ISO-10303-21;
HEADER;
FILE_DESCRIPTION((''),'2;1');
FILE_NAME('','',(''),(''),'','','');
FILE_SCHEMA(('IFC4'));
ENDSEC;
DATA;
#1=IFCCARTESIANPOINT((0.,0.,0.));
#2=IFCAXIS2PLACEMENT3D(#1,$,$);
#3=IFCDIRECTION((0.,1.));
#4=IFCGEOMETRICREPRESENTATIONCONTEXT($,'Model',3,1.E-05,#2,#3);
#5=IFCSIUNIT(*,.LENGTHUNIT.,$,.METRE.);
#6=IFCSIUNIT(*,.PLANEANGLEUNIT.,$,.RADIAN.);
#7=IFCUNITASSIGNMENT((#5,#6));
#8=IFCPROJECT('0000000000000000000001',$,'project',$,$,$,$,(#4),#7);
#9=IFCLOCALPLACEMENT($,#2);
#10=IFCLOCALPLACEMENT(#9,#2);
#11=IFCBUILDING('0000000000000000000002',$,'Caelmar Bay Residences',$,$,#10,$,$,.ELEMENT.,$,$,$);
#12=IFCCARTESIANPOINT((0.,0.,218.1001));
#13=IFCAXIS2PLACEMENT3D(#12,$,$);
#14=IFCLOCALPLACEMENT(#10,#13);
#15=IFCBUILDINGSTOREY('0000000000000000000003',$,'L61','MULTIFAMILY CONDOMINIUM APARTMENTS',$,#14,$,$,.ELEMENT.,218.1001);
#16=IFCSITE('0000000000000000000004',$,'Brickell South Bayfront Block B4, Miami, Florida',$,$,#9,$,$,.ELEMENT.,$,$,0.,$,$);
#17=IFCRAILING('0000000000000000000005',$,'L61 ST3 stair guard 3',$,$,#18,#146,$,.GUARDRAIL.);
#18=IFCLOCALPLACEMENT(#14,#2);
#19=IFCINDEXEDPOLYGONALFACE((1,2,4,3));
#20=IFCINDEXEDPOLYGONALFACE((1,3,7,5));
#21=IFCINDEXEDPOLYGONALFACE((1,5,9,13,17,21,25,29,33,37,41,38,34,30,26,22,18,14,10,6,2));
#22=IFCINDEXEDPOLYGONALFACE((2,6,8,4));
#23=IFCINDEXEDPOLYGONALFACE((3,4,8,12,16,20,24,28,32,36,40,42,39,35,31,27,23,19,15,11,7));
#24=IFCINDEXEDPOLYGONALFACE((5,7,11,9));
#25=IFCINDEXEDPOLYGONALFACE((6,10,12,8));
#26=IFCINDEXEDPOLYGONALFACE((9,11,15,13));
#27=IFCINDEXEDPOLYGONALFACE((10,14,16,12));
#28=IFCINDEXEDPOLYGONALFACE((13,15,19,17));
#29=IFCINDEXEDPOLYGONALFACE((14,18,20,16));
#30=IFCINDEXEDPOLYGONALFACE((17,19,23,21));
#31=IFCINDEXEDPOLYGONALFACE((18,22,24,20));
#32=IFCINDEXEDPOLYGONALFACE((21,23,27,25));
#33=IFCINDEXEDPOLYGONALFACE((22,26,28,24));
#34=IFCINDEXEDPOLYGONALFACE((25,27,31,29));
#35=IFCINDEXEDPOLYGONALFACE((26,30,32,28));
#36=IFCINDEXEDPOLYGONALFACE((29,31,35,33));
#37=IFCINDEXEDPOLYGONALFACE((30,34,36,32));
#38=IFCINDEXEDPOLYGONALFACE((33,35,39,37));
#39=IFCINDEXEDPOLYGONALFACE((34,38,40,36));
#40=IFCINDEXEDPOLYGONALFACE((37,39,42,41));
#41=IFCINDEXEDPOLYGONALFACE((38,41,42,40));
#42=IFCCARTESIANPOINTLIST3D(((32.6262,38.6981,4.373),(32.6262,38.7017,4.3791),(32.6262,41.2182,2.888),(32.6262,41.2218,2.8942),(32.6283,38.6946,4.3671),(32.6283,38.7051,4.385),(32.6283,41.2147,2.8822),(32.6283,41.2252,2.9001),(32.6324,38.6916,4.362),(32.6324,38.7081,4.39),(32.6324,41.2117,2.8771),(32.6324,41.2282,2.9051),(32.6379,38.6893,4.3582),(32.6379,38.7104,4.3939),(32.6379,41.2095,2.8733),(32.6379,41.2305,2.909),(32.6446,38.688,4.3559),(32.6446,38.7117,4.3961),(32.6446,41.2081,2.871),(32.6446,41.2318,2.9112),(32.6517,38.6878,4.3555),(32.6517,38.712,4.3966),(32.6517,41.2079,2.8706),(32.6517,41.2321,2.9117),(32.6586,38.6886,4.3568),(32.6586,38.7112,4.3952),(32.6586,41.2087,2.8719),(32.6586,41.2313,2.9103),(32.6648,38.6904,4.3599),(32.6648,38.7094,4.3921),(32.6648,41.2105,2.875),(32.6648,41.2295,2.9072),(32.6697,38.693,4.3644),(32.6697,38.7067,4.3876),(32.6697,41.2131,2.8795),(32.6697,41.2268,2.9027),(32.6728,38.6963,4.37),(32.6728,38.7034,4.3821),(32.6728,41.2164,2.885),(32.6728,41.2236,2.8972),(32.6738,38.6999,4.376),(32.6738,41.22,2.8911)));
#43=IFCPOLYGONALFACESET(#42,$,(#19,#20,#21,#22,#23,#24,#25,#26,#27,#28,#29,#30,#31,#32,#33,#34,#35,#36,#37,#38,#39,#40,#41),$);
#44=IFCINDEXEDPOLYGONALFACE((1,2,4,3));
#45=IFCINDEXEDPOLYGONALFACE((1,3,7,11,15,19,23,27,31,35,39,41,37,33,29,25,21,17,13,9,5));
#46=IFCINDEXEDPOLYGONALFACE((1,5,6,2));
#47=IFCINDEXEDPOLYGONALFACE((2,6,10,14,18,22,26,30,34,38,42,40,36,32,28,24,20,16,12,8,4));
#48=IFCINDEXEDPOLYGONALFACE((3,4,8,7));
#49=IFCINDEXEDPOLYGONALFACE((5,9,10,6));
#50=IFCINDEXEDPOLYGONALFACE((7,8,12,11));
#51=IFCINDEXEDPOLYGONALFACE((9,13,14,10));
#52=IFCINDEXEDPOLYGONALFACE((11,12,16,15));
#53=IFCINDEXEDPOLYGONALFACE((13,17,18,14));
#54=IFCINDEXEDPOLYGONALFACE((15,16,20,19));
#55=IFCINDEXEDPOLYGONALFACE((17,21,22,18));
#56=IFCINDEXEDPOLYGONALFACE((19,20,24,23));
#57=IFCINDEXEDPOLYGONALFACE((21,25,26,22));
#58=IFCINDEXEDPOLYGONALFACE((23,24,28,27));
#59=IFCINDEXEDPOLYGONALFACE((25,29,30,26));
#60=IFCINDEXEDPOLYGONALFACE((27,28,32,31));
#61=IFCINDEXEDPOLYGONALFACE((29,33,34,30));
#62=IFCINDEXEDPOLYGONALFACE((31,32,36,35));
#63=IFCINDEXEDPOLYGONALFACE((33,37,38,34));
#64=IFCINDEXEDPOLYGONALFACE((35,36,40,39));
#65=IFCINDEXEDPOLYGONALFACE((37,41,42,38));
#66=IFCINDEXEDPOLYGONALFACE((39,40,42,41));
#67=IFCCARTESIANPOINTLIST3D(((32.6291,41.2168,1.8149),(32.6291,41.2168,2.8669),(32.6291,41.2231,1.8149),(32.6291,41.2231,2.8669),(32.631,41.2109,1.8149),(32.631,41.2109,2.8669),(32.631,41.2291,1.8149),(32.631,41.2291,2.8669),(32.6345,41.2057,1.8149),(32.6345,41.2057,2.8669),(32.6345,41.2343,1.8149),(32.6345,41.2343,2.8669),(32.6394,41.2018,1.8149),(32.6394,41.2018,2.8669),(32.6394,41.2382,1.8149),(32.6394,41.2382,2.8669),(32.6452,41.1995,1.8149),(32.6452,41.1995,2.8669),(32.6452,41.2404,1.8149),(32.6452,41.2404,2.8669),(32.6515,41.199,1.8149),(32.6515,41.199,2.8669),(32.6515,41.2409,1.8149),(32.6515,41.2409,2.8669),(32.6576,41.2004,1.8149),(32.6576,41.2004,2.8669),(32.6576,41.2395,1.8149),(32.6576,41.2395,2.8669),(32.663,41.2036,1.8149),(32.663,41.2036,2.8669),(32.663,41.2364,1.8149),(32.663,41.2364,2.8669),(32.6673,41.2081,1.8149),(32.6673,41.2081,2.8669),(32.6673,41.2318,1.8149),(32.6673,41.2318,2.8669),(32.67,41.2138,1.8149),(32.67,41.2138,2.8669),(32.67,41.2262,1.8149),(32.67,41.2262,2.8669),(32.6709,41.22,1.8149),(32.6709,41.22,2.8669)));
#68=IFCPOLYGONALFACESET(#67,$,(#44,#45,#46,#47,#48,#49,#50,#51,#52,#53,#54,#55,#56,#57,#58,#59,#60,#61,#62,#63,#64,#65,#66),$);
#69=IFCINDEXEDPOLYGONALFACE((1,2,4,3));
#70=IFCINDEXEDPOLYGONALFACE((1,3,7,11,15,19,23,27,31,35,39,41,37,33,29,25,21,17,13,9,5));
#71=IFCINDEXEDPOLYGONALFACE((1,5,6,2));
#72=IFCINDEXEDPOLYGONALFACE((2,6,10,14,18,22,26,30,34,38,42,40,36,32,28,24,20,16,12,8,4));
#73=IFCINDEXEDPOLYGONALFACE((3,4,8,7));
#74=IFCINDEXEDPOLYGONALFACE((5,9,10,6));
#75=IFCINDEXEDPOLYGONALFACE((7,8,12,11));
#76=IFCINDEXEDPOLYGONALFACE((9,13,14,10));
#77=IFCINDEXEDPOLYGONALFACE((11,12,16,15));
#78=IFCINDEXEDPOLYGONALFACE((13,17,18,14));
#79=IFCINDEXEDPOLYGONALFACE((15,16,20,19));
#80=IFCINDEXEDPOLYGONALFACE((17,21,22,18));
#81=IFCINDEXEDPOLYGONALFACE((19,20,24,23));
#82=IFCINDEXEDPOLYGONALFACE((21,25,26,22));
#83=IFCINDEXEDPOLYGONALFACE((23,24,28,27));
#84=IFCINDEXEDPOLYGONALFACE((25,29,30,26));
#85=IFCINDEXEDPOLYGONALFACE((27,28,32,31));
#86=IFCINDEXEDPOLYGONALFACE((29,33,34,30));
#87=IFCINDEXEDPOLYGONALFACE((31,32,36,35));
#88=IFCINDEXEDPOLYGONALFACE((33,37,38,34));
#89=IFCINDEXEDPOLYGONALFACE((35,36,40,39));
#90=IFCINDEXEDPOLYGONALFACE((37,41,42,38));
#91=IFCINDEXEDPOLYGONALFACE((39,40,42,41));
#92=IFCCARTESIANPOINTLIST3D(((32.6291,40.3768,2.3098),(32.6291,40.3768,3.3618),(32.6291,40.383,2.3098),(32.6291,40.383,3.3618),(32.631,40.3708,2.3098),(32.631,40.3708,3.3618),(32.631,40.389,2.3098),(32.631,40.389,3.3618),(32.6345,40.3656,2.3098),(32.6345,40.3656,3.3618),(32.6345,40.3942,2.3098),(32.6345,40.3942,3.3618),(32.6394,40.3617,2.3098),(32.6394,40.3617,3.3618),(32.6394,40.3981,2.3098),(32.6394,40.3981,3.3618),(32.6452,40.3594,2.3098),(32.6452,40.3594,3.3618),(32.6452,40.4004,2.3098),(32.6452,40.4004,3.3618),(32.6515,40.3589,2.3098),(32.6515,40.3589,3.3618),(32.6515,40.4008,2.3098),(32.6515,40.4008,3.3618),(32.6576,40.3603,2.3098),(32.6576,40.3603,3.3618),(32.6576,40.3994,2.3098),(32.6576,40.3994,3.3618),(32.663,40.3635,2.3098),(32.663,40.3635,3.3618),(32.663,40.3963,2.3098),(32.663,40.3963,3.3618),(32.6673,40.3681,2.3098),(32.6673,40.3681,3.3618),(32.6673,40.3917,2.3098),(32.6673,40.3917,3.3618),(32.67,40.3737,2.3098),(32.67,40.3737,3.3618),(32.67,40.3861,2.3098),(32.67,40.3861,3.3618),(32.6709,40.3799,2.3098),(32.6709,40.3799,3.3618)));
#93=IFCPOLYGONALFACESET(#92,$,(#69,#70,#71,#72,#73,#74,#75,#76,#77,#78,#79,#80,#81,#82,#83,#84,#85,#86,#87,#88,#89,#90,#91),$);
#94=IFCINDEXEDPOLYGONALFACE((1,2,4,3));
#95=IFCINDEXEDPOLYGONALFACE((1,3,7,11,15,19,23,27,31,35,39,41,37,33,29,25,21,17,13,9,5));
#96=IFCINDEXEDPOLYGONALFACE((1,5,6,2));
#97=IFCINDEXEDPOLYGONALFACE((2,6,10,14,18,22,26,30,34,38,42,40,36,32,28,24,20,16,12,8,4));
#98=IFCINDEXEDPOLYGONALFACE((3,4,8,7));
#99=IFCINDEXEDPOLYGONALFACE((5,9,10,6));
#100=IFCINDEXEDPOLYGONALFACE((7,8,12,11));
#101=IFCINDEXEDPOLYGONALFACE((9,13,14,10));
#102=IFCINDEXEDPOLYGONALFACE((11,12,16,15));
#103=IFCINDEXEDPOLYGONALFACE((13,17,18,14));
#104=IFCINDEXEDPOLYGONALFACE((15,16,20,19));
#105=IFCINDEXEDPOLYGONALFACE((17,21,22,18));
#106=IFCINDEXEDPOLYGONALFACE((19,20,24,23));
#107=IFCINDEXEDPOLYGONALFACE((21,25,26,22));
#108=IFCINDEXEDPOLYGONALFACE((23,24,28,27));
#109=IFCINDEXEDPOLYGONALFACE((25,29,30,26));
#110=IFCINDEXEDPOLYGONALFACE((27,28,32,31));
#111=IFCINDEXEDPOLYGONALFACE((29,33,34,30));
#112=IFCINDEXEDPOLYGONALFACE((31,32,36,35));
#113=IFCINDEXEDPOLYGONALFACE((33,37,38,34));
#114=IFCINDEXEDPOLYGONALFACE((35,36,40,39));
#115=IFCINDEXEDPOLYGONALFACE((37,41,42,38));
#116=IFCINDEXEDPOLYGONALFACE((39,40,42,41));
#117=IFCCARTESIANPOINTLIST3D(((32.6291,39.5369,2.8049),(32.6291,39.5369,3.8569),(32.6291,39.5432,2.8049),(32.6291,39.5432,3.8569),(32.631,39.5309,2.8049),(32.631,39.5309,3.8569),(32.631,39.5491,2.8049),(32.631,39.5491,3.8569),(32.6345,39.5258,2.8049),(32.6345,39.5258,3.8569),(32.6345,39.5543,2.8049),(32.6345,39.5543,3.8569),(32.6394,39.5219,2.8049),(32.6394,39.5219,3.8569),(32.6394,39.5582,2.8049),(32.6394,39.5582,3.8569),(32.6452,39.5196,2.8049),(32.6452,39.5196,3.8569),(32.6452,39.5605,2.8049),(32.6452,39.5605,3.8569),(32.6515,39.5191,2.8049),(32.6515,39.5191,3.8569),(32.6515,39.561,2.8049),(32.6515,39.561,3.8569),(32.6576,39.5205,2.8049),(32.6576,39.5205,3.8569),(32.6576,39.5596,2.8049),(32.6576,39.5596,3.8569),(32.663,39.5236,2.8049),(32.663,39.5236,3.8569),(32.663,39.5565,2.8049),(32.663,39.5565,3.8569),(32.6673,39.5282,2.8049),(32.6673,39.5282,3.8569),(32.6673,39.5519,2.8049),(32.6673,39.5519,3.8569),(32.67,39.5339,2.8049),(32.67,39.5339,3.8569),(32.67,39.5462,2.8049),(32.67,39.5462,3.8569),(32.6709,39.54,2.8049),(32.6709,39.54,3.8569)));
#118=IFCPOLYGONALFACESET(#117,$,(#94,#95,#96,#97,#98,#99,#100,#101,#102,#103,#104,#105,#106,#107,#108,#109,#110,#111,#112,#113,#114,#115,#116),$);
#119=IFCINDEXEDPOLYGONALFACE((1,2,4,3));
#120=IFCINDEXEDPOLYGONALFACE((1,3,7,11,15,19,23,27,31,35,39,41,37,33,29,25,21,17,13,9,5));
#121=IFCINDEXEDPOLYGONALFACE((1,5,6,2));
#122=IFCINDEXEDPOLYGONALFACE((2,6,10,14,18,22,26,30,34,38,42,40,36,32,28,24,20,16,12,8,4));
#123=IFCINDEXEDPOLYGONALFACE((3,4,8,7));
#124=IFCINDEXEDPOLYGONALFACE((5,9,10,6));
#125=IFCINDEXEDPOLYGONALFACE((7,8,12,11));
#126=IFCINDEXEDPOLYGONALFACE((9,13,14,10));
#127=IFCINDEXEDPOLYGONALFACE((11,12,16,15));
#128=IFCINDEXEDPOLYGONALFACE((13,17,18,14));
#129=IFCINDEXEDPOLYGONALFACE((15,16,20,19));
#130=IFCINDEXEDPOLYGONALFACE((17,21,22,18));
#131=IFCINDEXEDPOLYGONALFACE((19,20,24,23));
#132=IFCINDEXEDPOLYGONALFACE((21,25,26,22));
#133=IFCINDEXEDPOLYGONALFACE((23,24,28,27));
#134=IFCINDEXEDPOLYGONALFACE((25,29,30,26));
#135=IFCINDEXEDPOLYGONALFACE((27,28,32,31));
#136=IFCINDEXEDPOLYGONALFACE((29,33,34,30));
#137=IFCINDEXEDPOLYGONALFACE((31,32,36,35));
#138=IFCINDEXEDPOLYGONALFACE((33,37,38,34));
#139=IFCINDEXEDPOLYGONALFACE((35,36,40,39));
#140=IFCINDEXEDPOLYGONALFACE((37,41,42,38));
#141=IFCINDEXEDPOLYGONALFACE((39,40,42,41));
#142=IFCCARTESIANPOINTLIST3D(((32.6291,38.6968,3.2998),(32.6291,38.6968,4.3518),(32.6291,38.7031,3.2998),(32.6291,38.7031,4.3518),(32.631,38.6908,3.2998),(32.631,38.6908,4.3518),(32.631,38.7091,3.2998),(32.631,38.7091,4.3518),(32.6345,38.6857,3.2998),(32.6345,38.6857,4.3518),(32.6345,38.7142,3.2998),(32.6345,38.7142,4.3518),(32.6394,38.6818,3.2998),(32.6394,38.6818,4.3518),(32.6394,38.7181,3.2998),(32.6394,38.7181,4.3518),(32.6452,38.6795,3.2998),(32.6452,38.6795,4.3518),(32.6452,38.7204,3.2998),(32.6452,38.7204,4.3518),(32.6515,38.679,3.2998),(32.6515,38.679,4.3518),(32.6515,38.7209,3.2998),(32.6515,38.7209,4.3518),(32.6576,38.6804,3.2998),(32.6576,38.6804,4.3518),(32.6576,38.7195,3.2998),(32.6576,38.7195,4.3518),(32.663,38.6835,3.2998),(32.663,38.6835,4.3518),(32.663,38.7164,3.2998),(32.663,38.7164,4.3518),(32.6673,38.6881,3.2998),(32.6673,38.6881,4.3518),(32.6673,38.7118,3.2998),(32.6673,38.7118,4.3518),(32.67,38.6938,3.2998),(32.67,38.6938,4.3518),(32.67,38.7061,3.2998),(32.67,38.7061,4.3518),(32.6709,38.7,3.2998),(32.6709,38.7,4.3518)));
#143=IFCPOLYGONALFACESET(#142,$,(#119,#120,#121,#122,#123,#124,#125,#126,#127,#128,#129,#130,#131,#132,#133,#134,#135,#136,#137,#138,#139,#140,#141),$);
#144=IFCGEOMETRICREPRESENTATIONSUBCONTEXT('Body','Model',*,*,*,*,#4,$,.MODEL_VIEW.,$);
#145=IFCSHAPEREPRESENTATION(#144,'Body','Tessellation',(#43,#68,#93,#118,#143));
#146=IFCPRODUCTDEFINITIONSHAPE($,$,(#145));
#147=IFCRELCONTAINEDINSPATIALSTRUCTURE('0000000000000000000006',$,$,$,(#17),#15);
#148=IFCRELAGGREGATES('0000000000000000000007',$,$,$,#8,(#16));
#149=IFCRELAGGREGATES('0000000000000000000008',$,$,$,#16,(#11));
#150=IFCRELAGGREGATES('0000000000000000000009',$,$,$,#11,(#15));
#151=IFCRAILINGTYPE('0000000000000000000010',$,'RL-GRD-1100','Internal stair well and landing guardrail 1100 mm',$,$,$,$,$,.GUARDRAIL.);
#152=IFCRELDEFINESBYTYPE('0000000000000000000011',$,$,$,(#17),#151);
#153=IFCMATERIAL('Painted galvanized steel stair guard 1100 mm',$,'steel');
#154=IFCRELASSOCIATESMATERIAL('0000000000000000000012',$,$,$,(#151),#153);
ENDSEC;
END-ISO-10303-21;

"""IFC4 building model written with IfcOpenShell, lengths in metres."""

from ifc_helpers import new_model, si_unit, direction, frame, origin, origin_2d, place, context, subcontext, project, spatial, circle, extrude, material, type_object, element, save


model = new_model("IFC4")

# Units and contexts
model_context = context("Model", 3, precision=1e-05, world=origin(), true_north=direction((0.0, 1.0)))
body_context = subcontext(model_context, "Body", "Model", "MODEL_VIEW")
ifc_project = project(units=[si_unit("LENGTHUNIT", "METRE"), si_unit("PLANEANGLEUNIT", "RADIAN")], contexts=[model_context])

# Site, building, storey
site_placement = place(None, origin())
site = spatial("IfcSite", under=ifc_project, at=site_placement, Name="Brickell South Bayfront Block B4, Miami, Florida", CompositionType="ELEMENT", RefElevation=0.0)
building_placement = place(site_placement, origin())
building = spatial("IfcBuilding", under=site, at=building_placement, Name="Caelmar Bay Residences", CompositionType="ELEMENT")
storey_placement = place(building_placement, frame((0.0, 0.0, 218.1001)))
storey = spatial("IfcBuildingStorey", under=building, at=storey_placement, Name="L61", Description="MULTIFAMILY CONDOMINIUM APARTMENTS", CompositionType="ELEMENT", Elevation=218.1001)

# Railing
ifc_material_1 = material(Name="Painted galvanized steel stair guard 1100 mm", Category="steel")
railing_type_1 = type_object("IfcRailingType", Name="RL-GRD-1100", Description="Internal stair well and landing guardrail 1100 mm", PredefinedType="GUARDRAIL", material=ifc_material_1)
railing_1_placement = place(storey_placement, frame((32.6499, 41.22, 1.8149)))
element("IfcRailing", 1, at=railing_1_placement, inside=storey, type_object=railing_type_1, Name="L61 ST3 stair guard 3", PredefinedType="GUARDRAIL", context=body_context, shape_type="SweptSolid", body=[
    extrude(circle(Radius=0.0239, at=origin_2d()), frame((0.0, 0.0, 1.0762), z_axis=(0.0, -0.861561, 0.507655), x_axis=(1.0, 0.0, 0.0)), (0.0, 0.0, 1.0), 2.925),
    extrude(circle(Radius=0.021, at=origin_2d()), origin(), (0.0, 0.0, 1.0), 1.052),
    extrude(circle(Radius=0.021, at=origin_2d()), frame((0.0, -0.8401, 0.4949)), (0.0, 0.0, 1.0), 1.052),
    extrude(circle(Radius=0.021, at=origin_2d()), frame((0.0, -1.6799, 0.99)), (0.0, 0.0, 1.0), 1.052),
    extrude(circle(Radius=0.021, at=origin_2d()), frame((0.0, -2.52, 1.4849)), (0.0, 0.0, 1.0), 1.052),
])

save(model, "model.ifc")
